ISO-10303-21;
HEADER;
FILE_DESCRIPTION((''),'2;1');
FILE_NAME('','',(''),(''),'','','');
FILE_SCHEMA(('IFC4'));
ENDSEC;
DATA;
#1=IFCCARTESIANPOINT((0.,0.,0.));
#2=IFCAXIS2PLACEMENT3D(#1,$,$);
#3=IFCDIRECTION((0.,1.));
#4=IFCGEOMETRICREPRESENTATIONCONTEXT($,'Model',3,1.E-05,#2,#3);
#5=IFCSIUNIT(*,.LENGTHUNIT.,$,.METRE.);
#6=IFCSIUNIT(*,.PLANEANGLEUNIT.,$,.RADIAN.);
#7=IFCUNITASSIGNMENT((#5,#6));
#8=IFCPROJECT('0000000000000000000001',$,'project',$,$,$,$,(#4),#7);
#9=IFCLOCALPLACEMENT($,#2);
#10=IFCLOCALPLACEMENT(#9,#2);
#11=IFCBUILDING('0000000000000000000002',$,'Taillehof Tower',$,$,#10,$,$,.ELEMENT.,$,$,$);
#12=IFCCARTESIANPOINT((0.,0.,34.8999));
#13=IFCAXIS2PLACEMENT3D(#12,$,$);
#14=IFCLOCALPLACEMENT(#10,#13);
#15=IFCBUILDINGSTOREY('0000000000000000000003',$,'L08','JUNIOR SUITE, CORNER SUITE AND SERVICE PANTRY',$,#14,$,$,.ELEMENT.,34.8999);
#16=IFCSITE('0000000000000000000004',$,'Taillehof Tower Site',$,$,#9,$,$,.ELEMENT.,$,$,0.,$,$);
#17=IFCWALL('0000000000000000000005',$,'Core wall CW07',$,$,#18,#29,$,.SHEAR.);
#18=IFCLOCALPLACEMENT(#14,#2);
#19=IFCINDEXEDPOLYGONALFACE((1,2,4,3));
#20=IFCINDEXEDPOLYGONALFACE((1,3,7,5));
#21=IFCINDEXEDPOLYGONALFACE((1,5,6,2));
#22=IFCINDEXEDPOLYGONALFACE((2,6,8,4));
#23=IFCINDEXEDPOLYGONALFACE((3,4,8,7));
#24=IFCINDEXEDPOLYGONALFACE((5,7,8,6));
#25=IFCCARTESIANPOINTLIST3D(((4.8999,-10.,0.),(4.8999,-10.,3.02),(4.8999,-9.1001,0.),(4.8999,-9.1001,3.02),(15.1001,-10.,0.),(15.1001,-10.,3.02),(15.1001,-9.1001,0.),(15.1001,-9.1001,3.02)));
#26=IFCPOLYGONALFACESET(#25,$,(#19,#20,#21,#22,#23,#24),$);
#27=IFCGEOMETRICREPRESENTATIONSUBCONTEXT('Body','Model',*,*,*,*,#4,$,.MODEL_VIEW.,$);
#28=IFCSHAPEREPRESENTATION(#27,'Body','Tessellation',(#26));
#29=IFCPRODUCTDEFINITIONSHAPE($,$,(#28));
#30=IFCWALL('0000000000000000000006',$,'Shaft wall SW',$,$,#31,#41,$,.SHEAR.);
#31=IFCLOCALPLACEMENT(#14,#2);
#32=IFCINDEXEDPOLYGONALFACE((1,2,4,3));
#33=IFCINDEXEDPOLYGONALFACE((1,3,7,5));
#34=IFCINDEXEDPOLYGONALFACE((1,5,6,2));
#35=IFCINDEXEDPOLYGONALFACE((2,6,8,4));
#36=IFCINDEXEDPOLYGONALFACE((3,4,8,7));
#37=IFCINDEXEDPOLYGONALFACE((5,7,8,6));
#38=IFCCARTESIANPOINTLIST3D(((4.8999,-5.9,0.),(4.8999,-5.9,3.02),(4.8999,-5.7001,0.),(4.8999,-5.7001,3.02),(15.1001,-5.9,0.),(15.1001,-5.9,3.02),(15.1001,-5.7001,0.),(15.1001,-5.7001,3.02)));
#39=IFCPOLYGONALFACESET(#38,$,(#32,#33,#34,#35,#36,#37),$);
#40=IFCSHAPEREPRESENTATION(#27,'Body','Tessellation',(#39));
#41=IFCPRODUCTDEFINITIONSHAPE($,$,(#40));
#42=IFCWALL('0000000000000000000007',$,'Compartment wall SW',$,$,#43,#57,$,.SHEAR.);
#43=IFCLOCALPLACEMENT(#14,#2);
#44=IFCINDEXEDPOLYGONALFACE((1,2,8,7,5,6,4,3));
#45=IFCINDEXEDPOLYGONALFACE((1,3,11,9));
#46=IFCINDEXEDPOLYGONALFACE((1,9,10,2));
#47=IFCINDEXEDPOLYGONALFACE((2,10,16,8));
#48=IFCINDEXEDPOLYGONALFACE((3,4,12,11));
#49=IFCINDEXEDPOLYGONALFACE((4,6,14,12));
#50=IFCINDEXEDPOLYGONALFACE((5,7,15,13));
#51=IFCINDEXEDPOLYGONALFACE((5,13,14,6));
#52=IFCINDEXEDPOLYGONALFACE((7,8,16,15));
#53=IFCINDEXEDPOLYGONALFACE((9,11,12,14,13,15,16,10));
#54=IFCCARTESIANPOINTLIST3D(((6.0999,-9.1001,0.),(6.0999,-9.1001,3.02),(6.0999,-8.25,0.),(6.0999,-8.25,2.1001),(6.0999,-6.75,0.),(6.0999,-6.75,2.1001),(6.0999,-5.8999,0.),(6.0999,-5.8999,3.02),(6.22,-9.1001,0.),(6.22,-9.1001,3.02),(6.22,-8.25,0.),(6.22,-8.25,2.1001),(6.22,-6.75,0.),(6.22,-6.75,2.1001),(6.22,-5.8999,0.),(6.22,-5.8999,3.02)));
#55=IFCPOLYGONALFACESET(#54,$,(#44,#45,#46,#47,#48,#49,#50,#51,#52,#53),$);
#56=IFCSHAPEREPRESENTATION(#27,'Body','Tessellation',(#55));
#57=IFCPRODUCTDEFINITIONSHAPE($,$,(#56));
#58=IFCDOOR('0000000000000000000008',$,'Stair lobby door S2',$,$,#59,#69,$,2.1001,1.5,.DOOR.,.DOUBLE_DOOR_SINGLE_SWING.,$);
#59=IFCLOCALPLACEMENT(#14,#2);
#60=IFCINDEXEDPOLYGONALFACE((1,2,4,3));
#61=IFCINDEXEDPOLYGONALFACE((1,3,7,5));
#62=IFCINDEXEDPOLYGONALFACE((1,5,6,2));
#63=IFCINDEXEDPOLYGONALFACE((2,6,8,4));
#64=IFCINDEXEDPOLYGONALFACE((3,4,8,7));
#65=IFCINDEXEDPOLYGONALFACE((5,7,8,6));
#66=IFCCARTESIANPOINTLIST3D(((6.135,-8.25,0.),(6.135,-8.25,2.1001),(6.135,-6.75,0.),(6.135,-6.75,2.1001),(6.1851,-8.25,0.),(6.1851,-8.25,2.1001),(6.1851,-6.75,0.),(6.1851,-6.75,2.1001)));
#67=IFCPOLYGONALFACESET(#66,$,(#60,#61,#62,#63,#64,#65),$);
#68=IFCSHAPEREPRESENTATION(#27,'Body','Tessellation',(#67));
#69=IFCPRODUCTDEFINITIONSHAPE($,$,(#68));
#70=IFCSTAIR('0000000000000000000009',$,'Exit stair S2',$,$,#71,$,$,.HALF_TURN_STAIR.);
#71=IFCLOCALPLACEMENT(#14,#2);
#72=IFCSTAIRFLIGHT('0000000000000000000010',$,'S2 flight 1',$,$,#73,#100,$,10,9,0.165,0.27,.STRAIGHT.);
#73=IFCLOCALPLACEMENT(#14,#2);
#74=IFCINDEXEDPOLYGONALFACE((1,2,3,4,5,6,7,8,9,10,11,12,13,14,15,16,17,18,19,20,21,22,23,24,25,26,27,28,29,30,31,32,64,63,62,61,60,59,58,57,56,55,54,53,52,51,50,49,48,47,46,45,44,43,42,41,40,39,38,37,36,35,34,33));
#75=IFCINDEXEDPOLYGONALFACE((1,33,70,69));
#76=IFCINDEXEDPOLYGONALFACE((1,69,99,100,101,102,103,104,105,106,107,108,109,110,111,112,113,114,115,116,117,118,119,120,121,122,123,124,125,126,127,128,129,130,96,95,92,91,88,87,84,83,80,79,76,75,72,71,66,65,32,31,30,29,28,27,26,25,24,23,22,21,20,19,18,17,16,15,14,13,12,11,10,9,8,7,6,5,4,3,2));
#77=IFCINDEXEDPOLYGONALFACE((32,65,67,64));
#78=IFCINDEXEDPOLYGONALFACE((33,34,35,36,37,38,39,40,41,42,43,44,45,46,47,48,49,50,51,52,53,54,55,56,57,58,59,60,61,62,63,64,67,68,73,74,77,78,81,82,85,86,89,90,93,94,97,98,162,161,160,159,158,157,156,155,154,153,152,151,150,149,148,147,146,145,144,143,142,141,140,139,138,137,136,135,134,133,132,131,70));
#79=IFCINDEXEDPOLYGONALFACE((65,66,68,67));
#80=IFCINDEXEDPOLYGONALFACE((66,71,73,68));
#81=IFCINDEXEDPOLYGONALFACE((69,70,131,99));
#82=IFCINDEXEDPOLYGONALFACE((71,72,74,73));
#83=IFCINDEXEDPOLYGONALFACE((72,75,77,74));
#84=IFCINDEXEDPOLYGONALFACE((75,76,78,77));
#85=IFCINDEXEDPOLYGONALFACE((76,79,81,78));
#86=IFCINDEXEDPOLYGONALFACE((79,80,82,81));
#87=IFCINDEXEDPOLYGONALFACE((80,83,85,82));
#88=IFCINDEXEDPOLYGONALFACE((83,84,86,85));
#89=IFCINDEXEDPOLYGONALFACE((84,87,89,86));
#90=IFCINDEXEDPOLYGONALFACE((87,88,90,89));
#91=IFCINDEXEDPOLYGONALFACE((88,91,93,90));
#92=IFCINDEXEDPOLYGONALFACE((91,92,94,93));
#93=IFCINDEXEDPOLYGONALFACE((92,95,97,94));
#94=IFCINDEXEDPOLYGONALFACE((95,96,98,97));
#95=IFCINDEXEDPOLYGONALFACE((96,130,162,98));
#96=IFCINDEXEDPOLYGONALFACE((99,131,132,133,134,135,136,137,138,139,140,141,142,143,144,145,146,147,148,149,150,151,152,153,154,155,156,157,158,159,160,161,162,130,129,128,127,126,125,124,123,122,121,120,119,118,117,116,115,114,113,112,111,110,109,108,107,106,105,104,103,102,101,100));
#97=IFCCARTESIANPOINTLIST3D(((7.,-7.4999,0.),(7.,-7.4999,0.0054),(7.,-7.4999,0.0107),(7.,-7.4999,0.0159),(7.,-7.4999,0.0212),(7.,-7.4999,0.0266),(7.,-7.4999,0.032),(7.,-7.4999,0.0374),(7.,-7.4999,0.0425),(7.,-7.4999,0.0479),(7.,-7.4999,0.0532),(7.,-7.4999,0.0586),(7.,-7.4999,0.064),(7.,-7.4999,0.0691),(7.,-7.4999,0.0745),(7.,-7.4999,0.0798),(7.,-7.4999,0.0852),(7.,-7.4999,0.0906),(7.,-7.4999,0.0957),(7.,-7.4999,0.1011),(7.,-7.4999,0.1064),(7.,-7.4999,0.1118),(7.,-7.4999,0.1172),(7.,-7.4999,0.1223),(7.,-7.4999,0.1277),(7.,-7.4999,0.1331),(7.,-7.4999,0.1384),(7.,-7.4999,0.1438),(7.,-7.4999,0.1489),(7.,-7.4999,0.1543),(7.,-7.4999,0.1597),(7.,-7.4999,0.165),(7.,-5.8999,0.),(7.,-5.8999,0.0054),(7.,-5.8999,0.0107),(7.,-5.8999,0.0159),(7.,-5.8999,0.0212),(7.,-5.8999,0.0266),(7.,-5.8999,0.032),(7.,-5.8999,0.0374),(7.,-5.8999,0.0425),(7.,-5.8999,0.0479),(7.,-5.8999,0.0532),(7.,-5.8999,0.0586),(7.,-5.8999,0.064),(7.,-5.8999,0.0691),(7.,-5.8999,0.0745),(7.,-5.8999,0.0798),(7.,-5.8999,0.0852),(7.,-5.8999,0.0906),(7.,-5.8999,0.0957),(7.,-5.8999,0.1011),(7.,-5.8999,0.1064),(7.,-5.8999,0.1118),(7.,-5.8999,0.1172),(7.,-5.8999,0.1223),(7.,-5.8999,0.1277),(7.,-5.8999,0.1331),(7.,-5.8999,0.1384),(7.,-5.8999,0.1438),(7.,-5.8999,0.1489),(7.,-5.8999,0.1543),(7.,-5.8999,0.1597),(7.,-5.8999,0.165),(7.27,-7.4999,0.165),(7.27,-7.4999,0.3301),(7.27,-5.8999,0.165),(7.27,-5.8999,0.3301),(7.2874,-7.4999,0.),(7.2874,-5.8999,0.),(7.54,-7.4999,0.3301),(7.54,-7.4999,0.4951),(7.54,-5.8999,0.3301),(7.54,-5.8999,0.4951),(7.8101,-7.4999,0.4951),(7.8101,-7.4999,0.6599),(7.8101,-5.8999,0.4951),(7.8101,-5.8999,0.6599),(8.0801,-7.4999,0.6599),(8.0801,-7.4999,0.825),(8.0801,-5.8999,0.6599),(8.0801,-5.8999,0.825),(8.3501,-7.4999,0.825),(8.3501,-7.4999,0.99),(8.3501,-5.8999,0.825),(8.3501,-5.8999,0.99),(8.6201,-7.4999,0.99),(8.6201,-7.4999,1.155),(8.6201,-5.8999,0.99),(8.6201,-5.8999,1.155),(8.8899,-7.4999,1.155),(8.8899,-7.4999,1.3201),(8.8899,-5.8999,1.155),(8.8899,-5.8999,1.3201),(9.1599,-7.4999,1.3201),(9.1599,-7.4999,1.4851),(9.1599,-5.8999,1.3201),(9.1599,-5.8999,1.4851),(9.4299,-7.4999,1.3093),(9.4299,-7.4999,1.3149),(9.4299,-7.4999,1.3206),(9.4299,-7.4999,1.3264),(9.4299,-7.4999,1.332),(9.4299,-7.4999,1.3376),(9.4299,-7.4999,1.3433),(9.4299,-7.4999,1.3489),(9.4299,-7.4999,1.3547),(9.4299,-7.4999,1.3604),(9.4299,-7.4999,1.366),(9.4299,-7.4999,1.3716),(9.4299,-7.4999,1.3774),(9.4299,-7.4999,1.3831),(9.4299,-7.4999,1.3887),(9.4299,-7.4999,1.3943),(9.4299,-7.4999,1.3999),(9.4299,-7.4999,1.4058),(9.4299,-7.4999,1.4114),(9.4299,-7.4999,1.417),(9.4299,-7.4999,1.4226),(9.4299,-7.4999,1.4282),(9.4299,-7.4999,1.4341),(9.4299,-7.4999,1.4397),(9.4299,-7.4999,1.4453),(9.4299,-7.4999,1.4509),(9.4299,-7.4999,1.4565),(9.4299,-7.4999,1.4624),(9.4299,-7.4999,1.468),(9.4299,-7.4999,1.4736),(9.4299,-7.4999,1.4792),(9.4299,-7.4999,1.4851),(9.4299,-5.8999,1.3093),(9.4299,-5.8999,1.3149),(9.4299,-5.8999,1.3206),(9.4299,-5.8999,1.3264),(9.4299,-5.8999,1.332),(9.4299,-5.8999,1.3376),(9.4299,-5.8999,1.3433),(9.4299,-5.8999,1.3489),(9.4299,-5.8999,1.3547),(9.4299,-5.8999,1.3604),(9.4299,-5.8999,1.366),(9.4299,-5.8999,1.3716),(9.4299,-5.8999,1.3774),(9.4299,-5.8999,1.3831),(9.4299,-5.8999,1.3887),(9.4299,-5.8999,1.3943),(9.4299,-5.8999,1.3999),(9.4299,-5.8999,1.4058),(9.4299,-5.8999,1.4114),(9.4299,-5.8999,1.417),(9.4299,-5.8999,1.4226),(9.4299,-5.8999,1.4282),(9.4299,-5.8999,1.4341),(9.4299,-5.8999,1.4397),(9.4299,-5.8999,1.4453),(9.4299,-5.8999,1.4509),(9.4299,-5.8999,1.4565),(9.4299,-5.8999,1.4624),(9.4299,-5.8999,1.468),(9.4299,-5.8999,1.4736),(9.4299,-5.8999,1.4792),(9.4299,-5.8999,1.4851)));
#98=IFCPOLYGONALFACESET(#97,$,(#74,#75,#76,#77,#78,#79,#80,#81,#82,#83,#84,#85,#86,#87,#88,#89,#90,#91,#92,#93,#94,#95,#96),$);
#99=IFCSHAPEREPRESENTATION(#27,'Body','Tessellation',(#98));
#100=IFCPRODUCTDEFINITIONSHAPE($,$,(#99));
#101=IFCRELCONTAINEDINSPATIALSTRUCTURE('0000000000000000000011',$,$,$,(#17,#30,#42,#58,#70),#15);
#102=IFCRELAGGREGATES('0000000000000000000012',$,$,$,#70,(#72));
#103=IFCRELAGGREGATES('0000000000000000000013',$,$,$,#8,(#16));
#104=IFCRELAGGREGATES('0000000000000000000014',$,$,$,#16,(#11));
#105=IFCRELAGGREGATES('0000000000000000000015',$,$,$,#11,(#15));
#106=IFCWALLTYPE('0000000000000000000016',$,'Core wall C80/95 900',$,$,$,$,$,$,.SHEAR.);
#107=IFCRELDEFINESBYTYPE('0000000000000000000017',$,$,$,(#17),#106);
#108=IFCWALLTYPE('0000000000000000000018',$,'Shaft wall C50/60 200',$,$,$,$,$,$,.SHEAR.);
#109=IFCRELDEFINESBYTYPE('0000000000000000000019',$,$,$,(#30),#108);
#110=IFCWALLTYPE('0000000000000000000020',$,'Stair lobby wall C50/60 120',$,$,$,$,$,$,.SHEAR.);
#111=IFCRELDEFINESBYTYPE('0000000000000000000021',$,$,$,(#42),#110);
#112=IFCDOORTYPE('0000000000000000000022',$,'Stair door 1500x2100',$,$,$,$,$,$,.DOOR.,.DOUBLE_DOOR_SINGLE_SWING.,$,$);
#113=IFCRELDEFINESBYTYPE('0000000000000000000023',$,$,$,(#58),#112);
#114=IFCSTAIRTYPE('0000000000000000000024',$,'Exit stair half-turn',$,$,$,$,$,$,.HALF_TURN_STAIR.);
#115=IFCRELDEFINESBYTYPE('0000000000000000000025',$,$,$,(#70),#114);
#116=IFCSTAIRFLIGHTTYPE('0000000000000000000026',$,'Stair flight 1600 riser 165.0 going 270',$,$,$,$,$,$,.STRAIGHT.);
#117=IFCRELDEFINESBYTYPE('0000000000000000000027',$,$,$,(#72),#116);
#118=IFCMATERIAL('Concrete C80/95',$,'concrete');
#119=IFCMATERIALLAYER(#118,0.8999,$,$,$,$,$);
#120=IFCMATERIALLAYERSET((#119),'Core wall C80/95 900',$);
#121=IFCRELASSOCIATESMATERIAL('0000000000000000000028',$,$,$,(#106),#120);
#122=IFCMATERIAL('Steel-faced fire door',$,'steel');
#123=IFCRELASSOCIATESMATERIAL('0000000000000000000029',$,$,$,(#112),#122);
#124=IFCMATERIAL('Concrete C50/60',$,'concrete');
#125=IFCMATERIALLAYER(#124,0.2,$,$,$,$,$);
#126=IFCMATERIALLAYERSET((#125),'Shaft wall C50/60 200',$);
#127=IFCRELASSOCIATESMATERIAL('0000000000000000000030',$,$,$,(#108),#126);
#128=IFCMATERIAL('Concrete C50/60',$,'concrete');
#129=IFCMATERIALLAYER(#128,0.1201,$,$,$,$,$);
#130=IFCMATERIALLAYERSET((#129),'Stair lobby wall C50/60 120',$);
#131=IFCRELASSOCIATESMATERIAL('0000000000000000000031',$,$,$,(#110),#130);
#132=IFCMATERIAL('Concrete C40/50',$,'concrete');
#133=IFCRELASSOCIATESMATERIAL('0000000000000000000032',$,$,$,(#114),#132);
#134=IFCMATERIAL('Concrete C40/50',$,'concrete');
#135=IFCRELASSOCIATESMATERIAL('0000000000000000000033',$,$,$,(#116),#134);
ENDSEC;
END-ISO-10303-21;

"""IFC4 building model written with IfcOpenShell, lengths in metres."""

from ifc_helpers import new_model, si_unit, direction, frame, frame_2d, origin, place, context, subcontext, project, spatial, polyline, rectangle, outline, extrude, material, layer, layer_set, type_object, element, fill, aggregate, save


model = new_model("IFC4")

# Units and contexts
model_context = context("Model", 3, precision=1e-05, world=origin(), true_north=direction((0.0, 1.0)))
body_context = subcontext(model_context, "Body", "Model", "MODEL_VIEW")
ifc_project = project(units=[si_unit("LENGTHUNIT", "METRE"), si_unit("PLANEANGLEUNIT", "RADIAN")], contexts=[model_context])

# Site, building, storey
site_placement = place(None, origin())
site = spatial("IfcSite", under=ifc_project, at=site_placement, Name="Taillehof Tower Site", CompositionType="ELEMENT", RefElevation=0.0)
building_placement = place(site_placement, origin())
building = spatial("IfcBuilding", under=site, at=building_placement, Name="Taillehof Tower", CompositionType="ELEMENT")
storey_placement = place(building_placement, frame((0.0, 0.0, 34.8999)))
storey = spatial("IfcBuildingStorey", under=building, at=storey_placement, Name="L08", Description="JUNIOR SUITE, CORNER SUITE AND SERVICE PANTRY", CompositionType="ELEMENT", Elevation=34.8999)

# Shared definitions
ifc_material_1 = material(Name="Concrete C80/95", Category="concrete")
ifc_layer_1 = layer(ifc_material_1, 0.8999)
ifc_layer_set_1 = layer_set([ifc_layer_1], Name="Core wall C80/95 900")
wall_type_1 = type_object("IfcWallType", Name="Core wall C80/95 900", PredefinedType="SHEAR", material=ifc_layer_set_1)
ifc_material_2 = material(Name="Steel-faced fire door", Category="steel")
door_type_1 = type_object("IfcDoorType", Name="Stair door 1500x2100", OperationType="DOUBLE_DOOR_SINGLE_SWING", PredefinedType="DOOR", material=ifc_material_2)

# Walls
wall_1_placement = place(storey_placement, frame((4.8999, -9.55, 0.0), z_axis=(0.0, 0.0, 1.0), x_axis=(1.0, 0.0, 0.0)))
element("IfcWall", 1, at=wall_1_placement, inside=storey, type_object=wall_type_1, Name="Core wall CW07", PredefinedType="SHEAR", context=body_context, shape_type="SweptSolid", body=[
    extrude(rectangle(XDim=10.2002, YDim=0.8999, at=frame_2d((5.1001, 0.0))), origin(), (0.0, 0.0, 1.0), 3.02),
])
ifc_material_3 = material(Name="Concrete C50/60", Category="concrete")
ifc_layer_2 = layer(ifc_material_3, 0.2)
ifc_layer_set_2 = layer_set([ifc_layer_2], Name="Shaft wall C50/60 200")
wall_type_2 = type_object("IfcWallType", Name="Shaft wall C50/60 200", PredefinedType="SHEAR", material=ifc_layer_set_2)
wall_2_placement = place(storey_placement, frame((4.8999, -5.8, 0.0), z_axis=(0.0, 0.0, 1.0), x_axis=(1.0, 0.0, 0.0)))
element("IfcWall", 2, at=wall_2_placement, inside=storey, type_object=wall_type_2, Name="Shaft wall SW", PredefinedType="SHEAR", context=body_context, shape_type="SweptSolid", body=[
    extrude(rectangle(XDim=10.2002, YDim=0.2, at=frame_2d((5.1001, 0.0))), origin(), (0.0, 0.0, 1.0), 3.02),
])

# Wall, opening, door
ifc_material_4 = material(Name="Concrete C50/60", Category="concrete")
ifc_layer_3 = layer(ifc_material_4, 0.1201)
ifc_layer_set_3 = layer_set([ifc_layer_3], Name="Stair lobby wall C50/60 120")
wall_type_3 = type_object("IfcWallType", Name="Stair lobby wall C50/60 120", PredefinedType="SHEAR", material=ifc_layer_set_3)
wall_3_placement = place(storey_placement, frame((6.1599, -9.1001, 0.0), z_axis=(0.0, 0.0, 1.0), x_axis=(0.0, 1.0, 0.0)))
wall_3 = element("IfcWall", 3, at=wall_3_placement, inside=storey, type_object=wall_type_3, Name="Compartment wall SW", PredefinedType="SHEAR", context=body_context, shape_type="SweptSolid", body=[
    extrude(rectangle(XDim=3.2002, YDim=0.1201, at=frame_2d((1.6001, 0.0))), origin(), (0.0, 0.0, 1.0), 3.02),
])
opening_1_placement = place(wall_3_placement, frame((0.8501, 0.0, 0.0)))
opening_1 = element("IfcOpeningElement", 4, at=opening_1_placement, cuts=wall_3, PredefinedType="OPENING", context=body_context, shape_type="SweptSolid", body=[
    extrude(rectangle(XDim=1.5, YDim=2.1001, at=frame_2d((0.75, 1.05))), frame((0.0, 0.0701, 0.0), z_axis=(0.0, -1.0, 0.0), x_axis=(1.0, 0.0, 0.0)), (0.0, 0.0, 1.0), 0.1401),
])
door_1_placement = place(opening_1_placement, origin())
door_1 = element("IfcDoor", 5, at=door_1_placement, inside=storey, type_object=door_type_1, Name="Stair lobby door S2", OperationType="DOUBLE_DOOR_SINGLE_SWING", OverallHeight=2.1001, OverallWidth=1.5, PredefinedType="DOOR", context=body_context, shape_type="SweptSolid", body=[
    extrude(rectangle(XDim=1.5, YDim=2.1001, at=frame_2d((0.75, 1.05))), frame((0.0, 0.0249, 0.0), z_axis=(0.0, -1.0, 0.0), x_axis=(1.0, 0.0, 0.0)), (0.0, 0.0, 1.0), 0.05),
])
fill(opening_1, door_1)

# Stair, stair flight
ifc_material_5 = material(Name="Concrete C40/50", Category="concrete")
stair_type = type_object("IfcStairType", Name="Exit stair half-turn", PredefinedType="HALF_TURN_STAIR", material=ifc_material_5)
stair_placement = place(storey_placement, origin())
stair = element("IfcStair", 6, at=stair_placement, inside=storey, type_object=stair_type, Name="Exit stair S2", PredefinedType="HALF_TURN_STAIR")
ifc_material_6 = material(Name="Concrete C40/50", Category="concrete")
stair_flight_type = type_object("IfcStairFlightType", Name="Stair flight 1600 riser 165.0 going 270", PredefinedType="STRAIGHT", material=ifc_material_6)
stair_flight_1_placement = place(storey_placement, frame((7.0, -6.7, 0.0), z_axis=(0.0, 0.0, 1.0), x_axis=(1.0, 0.0, 0.0)))
stair_flight_1 = element("IfcStairFlight", 7, at=stair_flight_1_placement, type_object=stair_flight_type, Name="S2 flight 1", NumberOfRisers=10, NumberOfTreads=9, PredefinedType="STRAIGHT", RiserHeight=0.165, TreadLength=0.27, context=body_context, shape_type="SweptSolid", body=[
    extrude(outline(polyline([(0.0, 0.0), (0.0, 0.0054), (0.0, 0.0107), (0.0, 0.0159), (0.0, 0.0212), (0.0, 0.0266), (0.0, 0.032), (0.0, 0.0374), (0.0, 0.0425), (0.0, 0.0479), (0.0, 0.0532), (0.0, 0.0586), (0.0, 0.064), (0.0, 0.0691), (0.0, 0.0745), (0.0, 0.0798), (0.0, 0.0852), (0.0, 0.0906), (0.0, 0.0957), (0.0, 0.1011), (0.0, 0.1064), (0.0, 0.1118), (0.0, 0.1172), (0.0, 0.1223), (0.0, 0.1277), (0.0, 0.1331), (0.0, 0.1384), (0.0, 0.1438), (0.0, 0.1489), (0.0, 0.1543), (0.0, 0.1597), (0.0, 0.165), (0.27, 0.165), (0.27, 0.3301), (0.54, 0.3301), (0.54, 0.4951), (0.8101, 0.4951), (0.8101, 0.6599), (1.0801, 0.6599), (1.0801, 0.825), (1.3501, 0.825), (1.3501, 0.99), (1.6201, 0.99), (1.6201, 1.155), (1.8899, 1.155), (1.8899, 1.3201), (2.1599, 1.3201), (2.1599, 1.4851), (2.4299, 1.4851), (2.4299, 1.4792), (2.4299, 1.4736), (2.4299, 1.468), (2.4299, 1.4624), (2.4299, 1.4565), (2.4299, 1.4509), (2.4299, 1.4453), (2.4299, 1.4397), (2.4299, 1.4341), (2.4299, 1.4282), (2.4299, 1.4226), (2.4299, 1.417), (2.4299, 1.4114), (2.4299, 1.4058), (2.4299, 1.3999), (2.4299, 1.3943), (2.4299, 1.3887), (2.4299, 1.3831), (2.4299, 1.3774), (2.4299, 1.3716), (2.4299, 1.366), (2.4299, 1.3604), (2.4299, 1.3547), (2.4299, 1.3489), (2.4299, 1.3433), (2.4299, 1.3376), (2.4299, 1.332), (2.4299, 1.3264), (2.4299, 1.3206), (2.4299, 1.3149), (2.4299, 1.3093), (0.2874, 0.0), (0.0, 0.0)])), frame((0.0, 0.8, 0.0), z_axis=(0.0, -1.0, 0.0), x_axis=(1.0, 0.0, 0.0)), (0.0, 0.0, 1.0), 1.6),
])
aggregate(stair, [stair_flight_1])

save(model, "model.ifc")
